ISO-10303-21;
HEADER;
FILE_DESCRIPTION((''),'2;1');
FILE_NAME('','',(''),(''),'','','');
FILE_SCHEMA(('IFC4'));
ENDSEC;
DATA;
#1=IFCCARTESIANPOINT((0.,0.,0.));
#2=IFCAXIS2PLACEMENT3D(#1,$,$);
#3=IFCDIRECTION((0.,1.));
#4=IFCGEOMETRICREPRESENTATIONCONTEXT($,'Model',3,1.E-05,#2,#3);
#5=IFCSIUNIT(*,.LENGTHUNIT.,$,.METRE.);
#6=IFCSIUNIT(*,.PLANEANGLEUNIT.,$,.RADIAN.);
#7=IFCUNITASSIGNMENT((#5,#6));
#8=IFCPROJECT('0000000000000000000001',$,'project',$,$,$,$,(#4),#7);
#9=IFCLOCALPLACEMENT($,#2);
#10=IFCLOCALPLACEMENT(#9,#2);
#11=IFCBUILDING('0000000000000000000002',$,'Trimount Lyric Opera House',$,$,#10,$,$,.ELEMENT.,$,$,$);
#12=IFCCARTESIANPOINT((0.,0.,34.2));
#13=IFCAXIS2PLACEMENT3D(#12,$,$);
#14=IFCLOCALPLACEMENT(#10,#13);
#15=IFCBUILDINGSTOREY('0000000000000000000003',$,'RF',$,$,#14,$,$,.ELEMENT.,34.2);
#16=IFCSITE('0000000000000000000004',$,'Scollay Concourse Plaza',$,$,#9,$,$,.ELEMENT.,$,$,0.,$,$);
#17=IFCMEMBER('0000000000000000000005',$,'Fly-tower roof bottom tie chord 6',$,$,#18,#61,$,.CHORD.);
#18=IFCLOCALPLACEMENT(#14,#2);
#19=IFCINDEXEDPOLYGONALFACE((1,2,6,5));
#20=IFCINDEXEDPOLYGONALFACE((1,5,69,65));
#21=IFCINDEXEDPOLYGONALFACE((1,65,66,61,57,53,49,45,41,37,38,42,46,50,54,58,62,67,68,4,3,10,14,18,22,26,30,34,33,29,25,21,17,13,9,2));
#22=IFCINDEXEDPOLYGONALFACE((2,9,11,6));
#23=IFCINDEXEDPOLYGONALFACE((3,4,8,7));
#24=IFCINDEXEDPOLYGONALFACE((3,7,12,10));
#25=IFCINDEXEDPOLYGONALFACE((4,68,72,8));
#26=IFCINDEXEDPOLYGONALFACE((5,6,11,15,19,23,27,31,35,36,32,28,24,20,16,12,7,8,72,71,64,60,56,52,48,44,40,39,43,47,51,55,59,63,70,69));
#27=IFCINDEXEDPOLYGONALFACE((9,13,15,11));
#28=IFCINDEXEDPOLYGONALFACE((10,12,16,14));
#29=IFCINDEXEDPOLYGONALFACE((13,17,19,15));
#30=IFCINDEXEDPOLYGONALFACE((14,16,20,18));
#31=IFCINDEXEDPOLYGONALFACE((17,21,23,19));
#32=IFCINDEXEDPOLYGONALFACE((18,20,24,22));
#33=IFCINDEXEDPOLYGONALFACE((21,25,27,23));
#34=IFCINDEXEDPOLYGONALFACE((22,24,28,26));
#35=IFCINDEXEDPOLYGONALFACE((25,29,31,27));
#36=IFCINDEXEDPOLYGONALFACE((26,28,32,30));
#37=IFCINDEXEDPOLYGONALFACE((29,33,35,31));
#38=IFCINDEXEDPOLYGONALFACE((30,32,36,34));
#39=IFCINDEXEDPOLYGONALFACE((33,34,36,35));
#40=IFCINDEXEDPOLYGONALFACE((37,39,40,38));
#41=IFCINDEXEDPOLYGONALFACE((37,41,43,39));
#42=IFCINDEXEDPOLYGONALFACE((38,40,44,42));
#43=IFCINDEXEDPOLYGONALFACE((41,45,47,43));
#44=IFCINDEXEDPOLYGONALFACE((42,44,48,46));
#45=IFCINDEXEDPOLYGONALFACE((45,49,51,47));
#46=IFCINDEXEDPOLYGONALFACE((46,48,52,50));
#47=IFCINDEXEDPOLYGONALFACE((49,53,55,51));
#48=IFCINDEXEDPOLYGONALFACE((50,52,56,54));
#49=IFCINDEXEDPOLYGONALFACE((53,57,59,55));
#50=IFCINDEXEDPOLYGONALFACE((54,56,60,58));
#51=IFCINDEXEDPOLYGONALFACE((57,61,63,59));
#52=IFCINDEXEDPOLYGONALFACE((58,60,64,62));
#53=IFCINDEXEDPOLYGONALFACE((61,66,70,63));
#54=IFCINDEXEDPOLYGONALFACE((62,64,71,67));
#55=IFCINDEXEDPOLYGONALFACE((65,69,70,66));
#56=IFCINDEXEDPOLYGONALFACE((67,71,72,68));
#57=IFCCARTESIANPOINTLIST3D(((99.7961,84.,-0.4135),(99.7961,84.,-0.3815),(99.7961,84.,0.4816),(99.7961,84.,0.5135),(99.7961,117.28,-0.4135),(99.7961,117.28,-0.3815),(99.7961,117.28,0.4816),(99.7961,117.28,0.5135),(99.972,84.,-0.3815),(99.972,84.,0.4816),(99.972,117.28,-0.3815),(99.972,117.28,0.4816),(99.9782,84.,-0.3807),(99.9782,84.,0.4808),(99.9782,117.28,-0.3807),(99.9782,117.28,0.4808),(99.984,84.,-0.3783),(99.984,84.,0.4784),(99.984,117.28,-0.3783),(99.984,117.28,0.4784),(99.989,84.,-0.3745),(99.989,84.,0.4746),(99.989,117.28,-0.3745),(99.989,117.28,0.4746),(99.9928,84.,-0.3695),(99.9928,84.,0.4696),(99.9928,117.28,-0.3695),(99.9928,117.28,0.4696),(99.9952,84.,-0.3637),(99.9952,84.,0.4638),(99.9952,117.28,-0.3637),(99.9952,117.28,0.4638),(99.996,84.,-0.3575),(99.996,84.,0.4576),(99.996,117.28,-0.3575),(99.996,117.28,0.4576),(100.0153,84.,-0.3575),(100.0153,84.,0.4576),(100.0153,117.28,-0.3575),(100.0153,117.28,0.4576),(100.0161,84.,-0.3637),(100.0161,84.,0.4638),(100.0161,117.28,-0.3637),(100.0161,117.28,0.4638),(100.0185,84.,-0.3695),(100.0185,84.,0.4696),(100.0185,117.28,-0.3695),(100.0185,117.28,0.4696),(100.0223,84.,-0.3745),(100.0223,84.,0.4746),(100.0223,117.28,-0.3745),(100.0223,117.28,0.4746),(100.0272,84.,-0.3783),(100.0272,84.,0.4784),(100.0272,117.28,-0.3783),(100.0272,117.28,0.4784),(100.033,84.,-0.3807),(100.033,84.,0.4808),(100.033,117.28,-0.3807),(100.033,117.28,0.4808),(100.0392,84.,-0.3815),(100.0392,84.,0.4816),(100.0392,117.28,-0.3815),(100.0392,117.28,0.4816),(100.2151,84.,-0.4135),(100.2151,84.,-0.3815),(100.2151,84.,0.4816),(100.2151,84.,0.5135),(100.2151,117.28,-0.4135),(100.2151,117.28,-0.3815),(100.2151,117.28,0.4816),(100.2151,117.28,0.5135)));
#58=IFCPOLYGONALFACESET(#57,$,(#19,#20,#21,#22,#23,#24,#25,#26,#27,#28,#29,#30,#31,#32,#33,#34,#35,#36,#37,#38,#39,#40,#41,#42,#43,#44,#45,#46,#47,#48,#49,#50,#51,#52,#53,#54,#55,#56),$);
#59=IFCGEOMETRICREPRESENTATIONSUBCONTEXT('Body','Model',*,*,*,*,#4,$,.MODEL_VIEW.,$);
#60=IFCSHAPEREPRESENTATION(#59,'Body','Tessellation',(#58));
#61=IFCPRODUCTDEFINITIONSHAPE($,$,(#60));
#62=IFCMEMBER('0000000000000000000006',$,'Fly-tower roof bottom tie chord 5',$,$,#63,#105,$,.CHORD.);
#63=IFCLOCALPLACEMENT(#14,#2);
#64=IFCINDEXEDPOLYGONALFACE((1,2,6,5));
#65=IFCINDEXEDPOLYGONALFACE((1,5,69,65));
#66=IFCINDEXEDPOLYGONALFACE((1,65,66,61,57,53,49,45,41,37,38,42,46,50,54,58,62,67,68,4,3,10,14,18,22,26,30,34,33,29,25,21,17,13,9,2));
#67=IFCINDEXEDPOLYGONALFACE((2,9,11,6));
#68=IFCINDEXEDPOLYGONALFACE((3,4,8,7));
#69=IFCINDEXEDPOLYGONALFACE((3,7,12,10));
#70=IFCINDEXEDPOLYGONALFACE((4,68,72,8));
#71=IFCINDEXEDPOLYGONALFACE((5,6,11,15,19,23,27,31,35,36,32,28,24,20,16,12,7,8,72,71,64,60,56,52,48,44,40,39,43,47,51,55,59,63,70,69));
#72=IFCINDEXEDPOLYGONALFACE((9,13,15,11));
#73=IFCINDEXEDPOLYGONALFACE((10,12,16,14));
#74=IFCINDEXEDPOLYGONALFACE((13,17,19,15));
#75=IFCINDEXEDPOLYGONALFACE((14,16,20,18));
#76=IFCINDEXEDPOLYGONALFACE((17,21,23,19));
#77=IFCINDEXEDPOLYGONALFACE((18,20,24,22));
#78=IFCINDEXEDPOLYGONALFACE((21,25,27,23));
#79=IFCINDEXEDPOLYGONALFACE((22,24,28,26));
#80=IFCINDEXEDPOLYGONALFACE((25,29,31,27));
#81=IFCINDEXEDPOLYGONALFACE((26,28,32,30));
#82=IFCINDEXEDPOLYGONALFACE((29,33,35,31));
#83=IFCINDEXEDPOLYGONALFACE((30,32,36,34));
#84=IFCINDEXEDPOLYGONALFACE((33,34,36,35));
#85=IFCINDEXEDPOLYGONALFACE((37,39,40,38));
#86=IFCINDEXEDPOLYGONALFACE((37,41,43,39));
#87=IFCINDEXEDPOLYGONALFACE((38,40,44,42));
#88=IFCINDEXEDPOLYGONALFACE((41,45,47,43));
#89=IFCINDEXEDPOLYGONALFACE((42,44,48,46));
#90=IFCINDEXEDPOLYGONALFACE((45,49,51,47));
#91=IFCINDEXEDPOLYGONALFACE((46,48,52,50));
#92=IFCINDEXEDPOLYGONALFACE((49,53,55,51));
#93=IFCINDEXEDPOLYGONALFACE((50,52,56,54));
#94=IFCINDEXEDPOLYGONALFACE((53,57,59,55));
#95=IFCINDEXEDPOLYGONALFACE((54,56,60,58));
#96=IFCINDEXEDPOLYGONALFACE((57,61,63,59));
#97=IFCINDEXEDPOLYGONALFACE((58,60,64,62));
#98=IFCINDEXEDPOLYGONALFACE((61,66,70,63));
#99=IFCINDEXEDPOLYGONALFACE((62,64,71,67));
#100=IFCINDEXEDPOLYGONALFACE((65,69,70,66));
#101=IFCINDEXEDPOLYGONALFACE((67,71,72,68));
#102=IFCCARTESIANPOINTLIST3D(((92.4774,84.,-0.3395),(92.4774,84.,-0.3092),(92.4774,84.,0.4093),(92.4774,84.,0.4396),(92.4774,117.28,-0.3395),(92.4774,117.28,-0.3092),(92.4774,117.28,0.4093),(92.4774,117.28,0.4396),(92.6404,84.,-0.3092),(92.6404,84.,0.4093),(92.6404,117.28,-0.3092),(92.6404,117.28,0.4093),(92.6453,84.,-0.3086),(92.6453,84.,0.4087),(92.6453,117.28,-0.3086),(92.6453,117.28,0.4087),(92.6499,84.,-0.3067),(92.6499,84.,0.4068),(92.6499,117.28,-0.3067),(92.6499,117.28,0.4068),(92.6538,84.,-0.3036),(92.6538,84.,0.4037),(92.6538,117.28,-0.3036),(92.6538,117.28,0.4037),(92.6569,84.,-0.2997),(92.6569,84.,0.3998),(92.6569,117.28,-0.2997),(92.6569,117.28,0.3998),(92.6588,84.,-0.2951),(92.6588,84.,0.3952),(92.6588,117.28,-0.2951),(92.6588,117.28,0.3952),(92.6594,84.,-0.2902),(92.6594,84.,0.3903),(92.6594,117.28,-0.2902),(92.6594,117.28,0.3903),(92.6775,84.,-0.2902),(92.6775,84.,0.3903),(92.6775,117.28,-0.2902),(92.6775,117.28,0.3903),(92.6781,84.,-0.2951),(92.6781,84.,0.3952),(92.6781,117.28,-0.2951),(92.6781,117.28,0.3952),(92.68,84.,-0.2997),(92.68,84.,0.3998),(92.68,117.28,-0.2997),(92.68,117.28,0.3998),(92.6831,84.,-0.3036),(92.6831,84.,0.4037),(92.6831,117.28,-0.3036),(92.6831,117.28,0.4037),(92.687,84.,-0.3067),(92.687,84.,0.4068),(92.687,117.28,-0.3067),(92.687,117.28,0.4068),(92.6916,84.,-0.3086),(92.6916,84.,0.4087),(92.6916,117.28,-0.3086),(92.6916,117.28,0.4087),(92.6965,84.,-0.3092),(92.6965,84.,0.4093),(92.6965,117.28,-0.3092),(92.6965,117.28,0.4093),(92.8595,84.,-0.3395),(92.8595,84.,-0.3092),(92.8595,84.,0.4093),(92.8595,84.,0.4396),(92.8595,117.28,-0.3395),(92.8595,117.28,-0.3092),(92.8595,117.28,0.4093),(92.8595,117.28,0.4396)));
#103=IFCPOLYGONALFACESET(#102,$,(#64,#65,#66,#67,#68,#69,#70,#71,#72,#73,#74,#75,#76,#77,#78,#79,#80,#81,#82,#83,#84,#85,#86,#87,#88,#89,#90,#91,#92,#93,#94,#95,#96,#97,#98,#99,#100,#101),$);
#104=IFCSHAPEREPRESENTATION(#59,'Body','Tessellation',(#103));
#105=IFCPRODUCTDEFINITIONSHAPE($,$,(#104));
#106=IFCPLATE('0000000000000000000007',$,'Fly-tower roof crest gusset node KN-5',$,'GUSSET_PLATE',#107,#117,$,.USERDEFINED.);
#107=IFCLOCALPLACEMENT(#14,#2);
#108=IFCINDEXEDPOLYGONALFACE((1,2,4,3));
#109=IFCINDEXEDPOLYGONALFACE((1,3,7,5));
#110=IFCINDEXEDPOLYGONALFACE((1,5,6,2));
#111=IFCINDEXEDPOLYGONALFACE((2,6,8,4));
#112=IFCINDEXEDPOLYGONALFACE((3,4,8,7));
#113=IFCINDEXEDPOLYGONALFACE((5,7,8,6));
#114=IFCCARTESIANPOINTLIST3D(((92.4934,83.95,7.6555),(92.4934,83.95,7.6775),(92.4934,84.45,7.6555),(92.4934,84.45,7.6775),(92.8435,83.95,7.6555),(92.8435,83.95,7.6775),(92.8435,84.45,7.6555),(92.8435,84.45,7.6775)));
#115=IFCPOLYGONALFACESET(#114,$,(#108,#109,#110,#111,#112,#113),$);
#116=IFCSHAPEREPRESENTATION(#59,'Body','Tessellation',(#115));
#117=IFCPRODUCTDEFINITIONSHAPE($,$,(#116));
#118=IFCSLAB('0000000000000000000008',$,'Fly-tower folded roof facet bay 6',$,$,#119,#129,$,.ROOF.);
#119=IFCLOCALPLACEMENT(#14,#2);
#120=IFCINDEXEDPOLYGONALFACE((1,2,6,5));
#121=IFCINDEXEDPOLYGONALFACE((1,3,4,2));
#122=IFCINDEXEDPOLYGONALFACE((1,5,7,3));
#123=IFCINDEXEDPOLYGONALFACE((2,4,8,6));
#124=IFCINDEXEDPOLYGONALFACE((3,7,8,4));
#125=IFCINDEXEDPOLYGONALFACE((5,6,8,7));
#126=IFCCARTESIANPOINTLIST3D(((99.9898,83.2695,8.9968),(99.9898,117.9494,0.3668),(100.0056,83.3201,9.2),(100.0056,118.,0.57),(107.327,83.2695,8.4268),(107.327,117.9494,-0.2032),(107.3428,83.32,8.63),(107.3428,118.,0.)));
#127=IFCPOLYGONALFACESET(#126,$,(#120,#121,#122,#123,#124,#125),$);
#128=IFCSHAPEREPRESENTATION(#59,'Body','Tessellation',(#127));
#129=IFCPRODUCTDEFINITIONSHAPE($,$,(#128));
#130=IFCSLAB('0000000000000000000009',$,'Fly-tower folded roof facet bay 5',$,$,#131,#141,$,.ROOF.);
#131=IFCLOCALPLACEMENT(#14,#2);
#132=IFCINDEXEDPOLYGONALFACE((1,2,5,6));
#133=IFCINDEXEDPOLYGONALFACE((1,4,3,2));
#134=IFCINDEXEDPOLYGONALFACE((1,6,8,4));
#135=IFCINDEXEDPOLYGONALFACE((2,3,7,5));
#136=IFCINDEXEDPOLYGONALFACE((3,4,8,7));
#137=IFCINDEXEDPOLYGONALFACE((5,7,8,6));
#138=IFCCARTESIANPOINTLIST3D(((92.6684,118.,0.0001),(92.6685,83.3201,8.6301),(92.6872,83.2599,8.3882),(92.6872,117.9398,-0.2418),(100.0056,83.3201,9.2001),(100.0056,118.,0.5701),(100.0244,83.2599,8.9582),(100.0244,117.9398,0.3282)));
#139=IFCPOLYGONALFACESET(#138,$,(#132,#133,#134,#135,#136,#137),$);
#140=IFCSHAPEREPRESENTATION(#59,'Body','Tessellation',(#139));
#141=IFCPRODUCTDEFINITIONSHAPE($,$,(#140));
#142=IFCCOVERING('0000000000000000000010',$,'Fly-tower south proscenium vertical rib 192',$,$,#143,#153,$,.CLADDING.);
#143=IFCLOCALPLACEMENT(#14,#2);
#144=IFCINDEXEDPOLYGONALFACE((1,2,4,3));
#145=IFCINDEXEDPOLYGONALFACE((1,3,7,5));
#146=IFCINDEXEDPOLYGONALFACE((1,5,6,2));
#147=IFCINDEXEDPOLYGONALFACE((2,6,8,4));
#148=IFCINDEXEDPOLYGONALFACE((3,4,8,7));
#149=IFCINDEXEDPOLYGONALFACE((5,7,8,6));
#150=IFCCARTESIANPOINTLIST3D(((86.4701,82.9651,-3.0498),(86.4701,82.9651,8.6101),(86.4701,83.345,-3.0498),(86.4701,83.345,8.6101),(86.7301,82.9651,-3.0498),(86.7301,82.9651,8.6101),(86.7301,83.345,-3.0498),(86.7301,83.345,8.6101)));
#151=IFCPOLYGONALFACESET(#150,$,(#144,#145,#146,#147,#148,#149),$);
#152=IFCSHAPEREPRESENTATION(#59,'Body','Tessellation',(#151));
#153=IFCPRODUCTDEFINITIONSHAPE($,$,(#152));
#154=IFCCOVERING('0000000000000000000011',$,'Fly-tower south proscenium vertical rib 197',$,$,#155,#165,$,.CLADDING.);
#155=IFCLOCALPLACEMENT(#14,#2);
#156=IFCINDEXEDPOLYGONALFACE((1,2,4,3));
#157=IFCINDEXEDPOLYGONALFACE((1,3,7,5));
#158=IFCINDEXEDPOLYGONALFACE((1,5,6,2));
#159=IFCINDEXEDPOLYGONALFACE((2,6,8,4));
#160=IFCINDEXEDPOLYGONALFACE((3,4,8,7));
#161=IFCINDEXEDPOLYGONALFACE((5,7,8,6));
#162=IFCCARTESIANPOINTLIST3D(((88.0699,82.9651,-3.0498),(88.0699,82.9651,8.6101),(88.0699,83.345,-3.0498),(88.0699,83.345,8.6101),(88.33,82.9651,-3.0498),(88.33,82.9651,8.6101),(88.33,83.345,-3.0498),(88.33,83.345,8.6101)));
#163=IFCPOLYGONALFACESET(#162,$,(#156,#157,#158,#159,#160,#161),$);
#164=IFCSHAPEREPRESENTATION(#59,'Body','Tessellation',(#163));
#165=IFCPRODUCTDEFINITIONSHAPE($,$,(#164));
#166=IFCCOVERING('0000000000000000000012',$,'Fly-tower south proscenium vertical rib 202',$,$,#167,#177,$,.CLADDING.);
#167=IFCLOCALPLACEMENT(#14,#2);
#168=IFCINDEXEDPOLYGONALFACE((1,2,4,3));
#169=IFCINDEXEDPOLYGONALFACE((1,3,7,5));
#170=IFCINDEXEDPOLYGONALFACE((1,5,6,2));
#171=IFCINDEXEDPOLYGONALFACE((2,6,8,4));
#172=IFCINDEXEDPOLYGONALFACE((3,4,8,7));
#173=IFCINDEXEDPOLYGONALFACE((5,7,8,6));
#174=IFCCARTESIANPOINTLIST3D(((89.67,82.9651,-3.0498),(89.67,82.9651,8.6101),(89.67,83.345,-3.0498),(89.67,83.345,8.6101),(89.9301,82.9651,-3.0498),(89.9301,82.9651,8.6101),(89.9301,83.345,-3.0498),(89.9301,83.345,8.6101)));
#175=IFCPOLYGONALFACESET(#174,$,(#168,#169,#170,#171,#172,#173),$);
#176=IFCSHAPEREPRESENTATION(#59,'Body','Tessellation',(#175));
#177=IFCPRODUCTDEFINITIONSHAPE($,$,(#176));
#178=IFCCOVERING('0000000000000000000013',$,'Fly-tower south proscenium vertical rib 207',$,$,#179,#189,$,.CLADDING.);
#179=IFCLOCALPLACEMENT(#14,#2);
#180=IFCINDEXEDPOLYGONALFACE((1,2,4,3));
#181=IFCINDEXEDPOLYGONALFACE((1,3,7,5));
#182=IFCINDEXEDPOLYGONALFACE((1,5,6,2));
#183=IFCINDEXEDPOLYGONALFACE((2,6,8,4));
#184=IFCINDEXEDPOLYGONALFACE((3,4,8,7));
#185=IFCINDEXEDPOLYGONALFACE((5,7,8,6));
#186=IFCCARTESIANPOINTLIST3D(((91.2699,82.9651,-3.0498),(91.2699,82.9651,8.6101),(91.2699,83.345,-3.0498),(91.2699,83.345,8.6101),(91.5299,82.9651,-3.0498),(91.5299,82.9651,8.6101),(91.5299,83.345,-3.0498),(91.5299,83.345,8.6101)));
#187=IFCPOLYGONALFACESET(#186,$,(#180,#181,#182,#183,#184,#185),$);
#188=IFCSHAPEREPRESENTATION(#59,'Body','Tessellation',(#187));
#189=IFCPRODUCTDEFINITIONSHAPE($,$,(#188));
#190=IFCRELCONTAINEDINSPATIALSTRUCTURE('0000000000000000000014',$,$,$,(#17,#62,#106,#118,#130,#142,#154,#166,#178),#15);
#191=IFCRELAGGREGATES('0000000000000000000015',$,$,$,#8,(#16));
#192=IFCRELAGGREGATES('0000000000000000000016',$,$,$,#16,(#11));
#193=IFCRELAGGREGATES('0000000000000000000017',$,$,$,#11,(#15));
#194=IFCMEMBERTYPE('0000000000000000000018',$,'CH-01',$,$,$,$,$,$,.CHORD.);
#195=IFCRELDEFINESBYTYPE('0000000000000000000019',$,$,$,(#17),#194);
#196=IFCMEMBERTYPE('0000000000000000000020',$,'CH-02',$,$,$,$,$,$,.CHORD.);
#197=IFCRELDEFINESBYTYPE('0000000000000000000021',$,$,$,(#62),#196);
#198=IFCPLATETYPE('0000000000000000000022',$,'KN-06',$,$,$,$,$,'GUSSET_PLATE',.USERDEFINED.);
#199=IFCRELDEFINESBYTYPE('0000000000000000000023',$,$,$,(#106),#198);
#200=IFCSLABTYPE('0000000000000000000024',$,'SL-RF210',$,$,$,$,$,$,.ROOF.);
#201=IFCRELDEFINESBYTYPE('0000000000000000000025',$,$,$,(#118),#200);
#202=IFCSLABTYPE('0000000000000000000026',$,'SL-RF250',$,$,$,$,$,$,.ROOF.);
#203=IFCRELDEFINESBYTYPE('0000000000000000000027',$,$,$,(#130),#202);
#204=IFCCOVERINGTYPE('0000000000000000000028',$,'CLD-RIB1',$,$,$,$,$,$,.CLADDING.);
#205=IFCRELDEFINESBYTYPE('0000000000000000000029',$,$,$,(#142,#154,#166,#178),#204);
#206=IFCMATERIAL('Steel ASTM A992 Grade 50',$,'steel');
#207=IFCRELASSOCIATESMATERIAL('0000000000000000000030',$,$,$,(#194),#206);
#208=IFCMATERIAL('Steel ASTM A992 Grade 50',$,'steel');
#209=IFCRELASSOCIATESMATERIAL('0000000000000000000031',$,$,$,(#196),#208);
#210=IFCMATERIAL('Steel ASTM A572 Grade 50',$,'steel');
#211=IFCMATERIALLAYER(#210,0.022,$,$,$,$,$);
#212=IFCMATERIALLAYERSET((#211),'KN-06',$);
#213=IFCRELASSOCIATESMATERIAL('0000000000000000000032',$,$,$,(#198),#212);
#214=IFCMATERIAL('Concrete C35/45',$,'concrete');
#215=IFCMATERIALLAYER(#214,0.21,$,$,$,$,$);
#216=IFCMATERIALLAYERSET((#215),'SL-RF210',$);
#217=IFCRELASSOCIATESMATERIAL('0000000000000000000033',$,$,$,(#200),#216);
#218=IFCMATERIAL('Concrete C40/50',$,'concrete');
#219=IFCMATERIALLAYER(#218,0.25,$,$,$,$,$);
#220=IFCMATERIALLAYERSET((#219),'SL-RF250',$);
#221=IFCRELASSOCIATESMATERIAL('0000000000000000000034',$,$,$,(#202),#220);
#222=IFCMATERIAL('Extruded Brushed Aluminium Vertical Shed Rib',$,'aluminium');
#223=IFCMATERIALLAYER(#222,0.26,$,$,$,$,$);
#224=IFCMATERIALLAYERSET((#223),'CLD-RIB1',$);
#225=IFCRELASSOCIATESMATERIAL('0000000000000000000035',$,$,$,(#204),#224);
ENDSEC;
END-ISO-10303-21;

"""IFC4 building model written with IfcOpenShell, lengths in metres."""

from ifc_helpers import new_model, si_unit, direction, frame, origin, origin_2d, place, context, subcontext, project, spatial, polyline, rectangle, i_section, outline, extrude, material, layer, layer_set, material_profile, profile_set, type_object, element, save


model = new_model("IFC4")

# Units and contexts
model_context = context("Model", 3, precision=1e-05, world=origin(), true_north=direction((0.0, 1.0)))
body_context = subcontext(model_context, "Body", "Model", "MODEL_VIEW")
ifc_project = project(units=[si_unit("LENGTHUNIT", "METRE"), si_unit("PLANEANGLEUNIT", "RADIAN")], contexts=[model_context])

# Site, building, storey
site_placement = place(None, origin())
site = spatial("IfcSite", under=ifc_project, at=site_placement, Name="Scollay Concourse Plaza", CompositionType="ELEMENT", RefElevation=0.0)
building_placement = place(site_placement, origin())
building = spatial("IfcBuilding", under=site, at=building_placement, Name="Trimount Lyric Opera House", CompositionType="ELEMENT")
storey_placement = place(building_placement, frame((0.0, 0.0, 34.2)))
storey = spatial("IfcBuildingStorey", under=building, at=storey_placement, Name="RF", CompositionType="ELEMENT", Elevation=34.2)

# Members
ifc_material_1 = material(Name="Steel ASTM A992 Grade 50", Category="steel")
ifc_material_profile_1 = material_profile(ifc_material_1, i_section(OverallWidth=0.4189, OverallDepth=0.927, WebThickness=0.0193, FlangeThickness=0.032, FilletRadius=0.0239, at=origin_2d()), Name="W36X231")
ifc_profile_set_1 = profile_set([ifc_material_profile_1], Name="Steel ASTM A992 Grade 50")
member_type_1 = type_object("IfcMemberType", Name="CH-01", PredefinedType="CHORD", material=ifc_profile_set_1)
member_1_placement = place(storey_placement, frame((100.0056, 84.0, 0.05), z_axis=(0.0, 1.0, 0.0), x_axis=(-1.0, 0.0, 0.0)))
element("IfcMember", 1, at=member_1_placement, inside=storey, type_object=member_type_1, Name="Fly-tower roof bottom tie chord 6", PredefinedType="CHORD", context=body_context, shape_type="SweptSolid", body=[
    extrude(i_section(OverallWidth=0.4189, OverallDepth=0.927, WebThickness=0.0193, FlangeThickness=0.032, FilletRadius=0.0239, at=origin_2d()), origin(), (0.0, 0.0, 1.0), 33.28),
])
ifc_material_2 = material(Name="Steel ASTM A992 Grade 50", Category="steel")
ifc_material_profile_2 = material_profile(ifc_material_2, i_section(OverallWidth=0.3821, OverallDepth=0.7791, WebThickness=0.0181, FlangeThickness=0.0303, FilletRadius=0.019, at=origin_2d()), Name="W30X191")
ifc_profile_set_2 = profile_set([ifc_material_profile_2], Name="Steel ASTM A992 Grade 50")
member_type_2 = type_object("IfcMemberType", Name="CH-02", PredefinedType="CHORD", material=ifc_profile_set_2)
member_2_placement = place(storey_placement, frame((92.6685, 84.0, 0.05), z_axis=(0.0, 1.0, 0.0), x_axis=(-1.0, 0.0, 0.0)))
element("IfcMember", 2, at=member_2_placement, inside=storey, type_object=member_type_2, Name="Fly-tower roof bottom tie chord 5", PredefinedType="CHORD", context=body_context, shape_type="SweptSolid", body=[
    extrude(i_section(OverallWidth=0.3821, OverallDepth=0.7791, WebThickness=0.0181, FlangeThickness=0.0303, FilletRadius=0.019, at=origin_2d()), origin(), (0.0, 0.0, 1.0), 33.28),
])

# Plate
ifc_material_3 = material(Name="Steel ASTM A572 Grade 50", Category="steel")
ifc_layer_1 = layer(ifc_material_3, 0.022)
ifc_layer_set_1 = layer_set([ifc_layer_1], Name="KN-06")
plate_type = type_object("IfcPlateType", Name="KN-06", ElementType="GUSSET_PLATE", PredefinedType="USERDEFINED", material=ifc_layer_set_1)
plate_placement = place(storey_placement, frame((92.6685, 84.2, 7.6555), z_axis=(0.0, 0.0, 1.0), x_axis=(0.0, 1.0, 0.0)))
element("IfcPlate", 3, at=plate_placement, inside=storey, type_object=plate_type, Name="Fly-tower roof crest gusset node KN-5", ObjectType="GUSSET_PLATE", PredefinedType="USERDEFINED", context=body_context, shape_type="SweptSolid", body=[
    extrude(rectangle(XDim=0.5, YDim=0.3501, at=origin_2d()), origin(), (0.0, 0.0, 1.0), 0.022),
])

# Slabs
ifc_material_4 = material(Name="Concrete C35/45", Category="concrete")
ifc_layer_2 = layer(ifc_material_4, 0.21)
ifc_layer_set_2 = layer_set([ifc_layer_2], Name="SL-RF210")
slab_type_1 = type_object("IfcSlabType", Name="SL-RF210", PredefinedType="ROOF", material=ifc_layer_set_2)
slab_1_placement = place(storey_placement, frame((100.0056, 83.3201, 9.2), z_axis=(0.075167, 0.240799, 0.96766), x_axis=(0.996997, -0.000004, -0.077445)))
element("IfcSlab", 4, at=slab_1_placement, inside=storey, type_object=slab_type_1, Name="Fly-tower folded roof facet bay 6", PredefinedType="ROOF", context=body_context, shape_type="SweptSolid", body=[
    extrude(outline(polyline([(0.0, 0.0), (7.3593, 0.0), (8.0275, 35.7314), (0.6682, 35.7313), (0.0, 0.0)])), origin(), (0.0, 0.0, -1.0), 0.21),
])
ifc_material_5 = material(Name="Concrete C40/50", Category="concrete")
ifc_layer_3 = layer(ifc_material_5, 0.25)
ifc_layer_set_3 = layer_set([ifc_layer_3], Name="SL-RF250")
slab_type_2 = type_object("IfcSlabType", Name="SL-RF250", PredefinedType="ROOF", material=ifc_layer_set_3)
slab_2_placement = place(storey_placement, frame((92.6685, 83.3201, 8.6301), z_axis=(-0.075167, 0.240799, 0.96766), x_axis=(0.996997, 0.000004, 0.077445)))
element("IfcSlab", 5, at=slab_2_placement, inside=storey, type_object=slab_type_2, Name="Fly-tower folded roof facet bay 5", PredefinedType="ROOF", context=body_context, shape_type="SweptSolid", body=[
    extrude(outline(polyline([(0.0, 0.0), (7.3593, 0.0), (6.691, 35.7313), (-0.6682, 35.7314), (0.0, 0.0)])), origin(), (0.0, 0.0, -1.0), 0.25),
])

# Coverings
ifc_material_6 = material(Name="Extruded Brushed Aluminium Vertical Shed Rib", Category="aluminium")
ifc_layer_4 = layer(ifc_material_6, 0.26)
ifc_layer_set_4 = layer_set([ifc_layer_4], Name="CLD-RIB1")
covering_type_1 = type_object("IfcCoveringType", Name="CLD-RIB1", PredefinedType="CLADDING", material=ifc_layer_set_4)
for number, where, z_axis, x_axis, name in (
    (6, (86.6001, 83.155, -3.0498), (0.0, 0.0, 1.0), (1.0, 0.0, 0.0), "Fly-tower south proscenium vertical rib 192"),
    (7, (88.2, 83.155, -3.0498), (0.0, 0.0, 1.0), (1.0, 0.0, 0.0), "Fly-tower south proscenium vertical rib 197"),
    (8, (89.8, 83.155, -3.0498), (0.0, 0.0, 1.0), (1.0, 0.0, 0.0), "Fly-tower south proscenium vertical rib 202"),
    (9, (91.3999, 83.155, -3.0498), (0.0, 0.0, 1.0), (1.0, 0.0, 0.0), "Fly-tower south proscenium vertical rib 207"),
):
    element("IfcCovering", number, at=place(storey_placement, frame(where, z_axis=z_axis, x_axis=x_axis)), inside=storey, type_object=covering_type_1, Name=name, PredefinedType="CLADDING", context=body_context, shape_type="SweptSolid", body=[
        extrude(rectangle(XDim=0.26, YDim=0.3799, at=origin_2d()), origin(), (0.0, 0.0, 1.0), 11.6599),
    ])

save(model, "model.ifc")
